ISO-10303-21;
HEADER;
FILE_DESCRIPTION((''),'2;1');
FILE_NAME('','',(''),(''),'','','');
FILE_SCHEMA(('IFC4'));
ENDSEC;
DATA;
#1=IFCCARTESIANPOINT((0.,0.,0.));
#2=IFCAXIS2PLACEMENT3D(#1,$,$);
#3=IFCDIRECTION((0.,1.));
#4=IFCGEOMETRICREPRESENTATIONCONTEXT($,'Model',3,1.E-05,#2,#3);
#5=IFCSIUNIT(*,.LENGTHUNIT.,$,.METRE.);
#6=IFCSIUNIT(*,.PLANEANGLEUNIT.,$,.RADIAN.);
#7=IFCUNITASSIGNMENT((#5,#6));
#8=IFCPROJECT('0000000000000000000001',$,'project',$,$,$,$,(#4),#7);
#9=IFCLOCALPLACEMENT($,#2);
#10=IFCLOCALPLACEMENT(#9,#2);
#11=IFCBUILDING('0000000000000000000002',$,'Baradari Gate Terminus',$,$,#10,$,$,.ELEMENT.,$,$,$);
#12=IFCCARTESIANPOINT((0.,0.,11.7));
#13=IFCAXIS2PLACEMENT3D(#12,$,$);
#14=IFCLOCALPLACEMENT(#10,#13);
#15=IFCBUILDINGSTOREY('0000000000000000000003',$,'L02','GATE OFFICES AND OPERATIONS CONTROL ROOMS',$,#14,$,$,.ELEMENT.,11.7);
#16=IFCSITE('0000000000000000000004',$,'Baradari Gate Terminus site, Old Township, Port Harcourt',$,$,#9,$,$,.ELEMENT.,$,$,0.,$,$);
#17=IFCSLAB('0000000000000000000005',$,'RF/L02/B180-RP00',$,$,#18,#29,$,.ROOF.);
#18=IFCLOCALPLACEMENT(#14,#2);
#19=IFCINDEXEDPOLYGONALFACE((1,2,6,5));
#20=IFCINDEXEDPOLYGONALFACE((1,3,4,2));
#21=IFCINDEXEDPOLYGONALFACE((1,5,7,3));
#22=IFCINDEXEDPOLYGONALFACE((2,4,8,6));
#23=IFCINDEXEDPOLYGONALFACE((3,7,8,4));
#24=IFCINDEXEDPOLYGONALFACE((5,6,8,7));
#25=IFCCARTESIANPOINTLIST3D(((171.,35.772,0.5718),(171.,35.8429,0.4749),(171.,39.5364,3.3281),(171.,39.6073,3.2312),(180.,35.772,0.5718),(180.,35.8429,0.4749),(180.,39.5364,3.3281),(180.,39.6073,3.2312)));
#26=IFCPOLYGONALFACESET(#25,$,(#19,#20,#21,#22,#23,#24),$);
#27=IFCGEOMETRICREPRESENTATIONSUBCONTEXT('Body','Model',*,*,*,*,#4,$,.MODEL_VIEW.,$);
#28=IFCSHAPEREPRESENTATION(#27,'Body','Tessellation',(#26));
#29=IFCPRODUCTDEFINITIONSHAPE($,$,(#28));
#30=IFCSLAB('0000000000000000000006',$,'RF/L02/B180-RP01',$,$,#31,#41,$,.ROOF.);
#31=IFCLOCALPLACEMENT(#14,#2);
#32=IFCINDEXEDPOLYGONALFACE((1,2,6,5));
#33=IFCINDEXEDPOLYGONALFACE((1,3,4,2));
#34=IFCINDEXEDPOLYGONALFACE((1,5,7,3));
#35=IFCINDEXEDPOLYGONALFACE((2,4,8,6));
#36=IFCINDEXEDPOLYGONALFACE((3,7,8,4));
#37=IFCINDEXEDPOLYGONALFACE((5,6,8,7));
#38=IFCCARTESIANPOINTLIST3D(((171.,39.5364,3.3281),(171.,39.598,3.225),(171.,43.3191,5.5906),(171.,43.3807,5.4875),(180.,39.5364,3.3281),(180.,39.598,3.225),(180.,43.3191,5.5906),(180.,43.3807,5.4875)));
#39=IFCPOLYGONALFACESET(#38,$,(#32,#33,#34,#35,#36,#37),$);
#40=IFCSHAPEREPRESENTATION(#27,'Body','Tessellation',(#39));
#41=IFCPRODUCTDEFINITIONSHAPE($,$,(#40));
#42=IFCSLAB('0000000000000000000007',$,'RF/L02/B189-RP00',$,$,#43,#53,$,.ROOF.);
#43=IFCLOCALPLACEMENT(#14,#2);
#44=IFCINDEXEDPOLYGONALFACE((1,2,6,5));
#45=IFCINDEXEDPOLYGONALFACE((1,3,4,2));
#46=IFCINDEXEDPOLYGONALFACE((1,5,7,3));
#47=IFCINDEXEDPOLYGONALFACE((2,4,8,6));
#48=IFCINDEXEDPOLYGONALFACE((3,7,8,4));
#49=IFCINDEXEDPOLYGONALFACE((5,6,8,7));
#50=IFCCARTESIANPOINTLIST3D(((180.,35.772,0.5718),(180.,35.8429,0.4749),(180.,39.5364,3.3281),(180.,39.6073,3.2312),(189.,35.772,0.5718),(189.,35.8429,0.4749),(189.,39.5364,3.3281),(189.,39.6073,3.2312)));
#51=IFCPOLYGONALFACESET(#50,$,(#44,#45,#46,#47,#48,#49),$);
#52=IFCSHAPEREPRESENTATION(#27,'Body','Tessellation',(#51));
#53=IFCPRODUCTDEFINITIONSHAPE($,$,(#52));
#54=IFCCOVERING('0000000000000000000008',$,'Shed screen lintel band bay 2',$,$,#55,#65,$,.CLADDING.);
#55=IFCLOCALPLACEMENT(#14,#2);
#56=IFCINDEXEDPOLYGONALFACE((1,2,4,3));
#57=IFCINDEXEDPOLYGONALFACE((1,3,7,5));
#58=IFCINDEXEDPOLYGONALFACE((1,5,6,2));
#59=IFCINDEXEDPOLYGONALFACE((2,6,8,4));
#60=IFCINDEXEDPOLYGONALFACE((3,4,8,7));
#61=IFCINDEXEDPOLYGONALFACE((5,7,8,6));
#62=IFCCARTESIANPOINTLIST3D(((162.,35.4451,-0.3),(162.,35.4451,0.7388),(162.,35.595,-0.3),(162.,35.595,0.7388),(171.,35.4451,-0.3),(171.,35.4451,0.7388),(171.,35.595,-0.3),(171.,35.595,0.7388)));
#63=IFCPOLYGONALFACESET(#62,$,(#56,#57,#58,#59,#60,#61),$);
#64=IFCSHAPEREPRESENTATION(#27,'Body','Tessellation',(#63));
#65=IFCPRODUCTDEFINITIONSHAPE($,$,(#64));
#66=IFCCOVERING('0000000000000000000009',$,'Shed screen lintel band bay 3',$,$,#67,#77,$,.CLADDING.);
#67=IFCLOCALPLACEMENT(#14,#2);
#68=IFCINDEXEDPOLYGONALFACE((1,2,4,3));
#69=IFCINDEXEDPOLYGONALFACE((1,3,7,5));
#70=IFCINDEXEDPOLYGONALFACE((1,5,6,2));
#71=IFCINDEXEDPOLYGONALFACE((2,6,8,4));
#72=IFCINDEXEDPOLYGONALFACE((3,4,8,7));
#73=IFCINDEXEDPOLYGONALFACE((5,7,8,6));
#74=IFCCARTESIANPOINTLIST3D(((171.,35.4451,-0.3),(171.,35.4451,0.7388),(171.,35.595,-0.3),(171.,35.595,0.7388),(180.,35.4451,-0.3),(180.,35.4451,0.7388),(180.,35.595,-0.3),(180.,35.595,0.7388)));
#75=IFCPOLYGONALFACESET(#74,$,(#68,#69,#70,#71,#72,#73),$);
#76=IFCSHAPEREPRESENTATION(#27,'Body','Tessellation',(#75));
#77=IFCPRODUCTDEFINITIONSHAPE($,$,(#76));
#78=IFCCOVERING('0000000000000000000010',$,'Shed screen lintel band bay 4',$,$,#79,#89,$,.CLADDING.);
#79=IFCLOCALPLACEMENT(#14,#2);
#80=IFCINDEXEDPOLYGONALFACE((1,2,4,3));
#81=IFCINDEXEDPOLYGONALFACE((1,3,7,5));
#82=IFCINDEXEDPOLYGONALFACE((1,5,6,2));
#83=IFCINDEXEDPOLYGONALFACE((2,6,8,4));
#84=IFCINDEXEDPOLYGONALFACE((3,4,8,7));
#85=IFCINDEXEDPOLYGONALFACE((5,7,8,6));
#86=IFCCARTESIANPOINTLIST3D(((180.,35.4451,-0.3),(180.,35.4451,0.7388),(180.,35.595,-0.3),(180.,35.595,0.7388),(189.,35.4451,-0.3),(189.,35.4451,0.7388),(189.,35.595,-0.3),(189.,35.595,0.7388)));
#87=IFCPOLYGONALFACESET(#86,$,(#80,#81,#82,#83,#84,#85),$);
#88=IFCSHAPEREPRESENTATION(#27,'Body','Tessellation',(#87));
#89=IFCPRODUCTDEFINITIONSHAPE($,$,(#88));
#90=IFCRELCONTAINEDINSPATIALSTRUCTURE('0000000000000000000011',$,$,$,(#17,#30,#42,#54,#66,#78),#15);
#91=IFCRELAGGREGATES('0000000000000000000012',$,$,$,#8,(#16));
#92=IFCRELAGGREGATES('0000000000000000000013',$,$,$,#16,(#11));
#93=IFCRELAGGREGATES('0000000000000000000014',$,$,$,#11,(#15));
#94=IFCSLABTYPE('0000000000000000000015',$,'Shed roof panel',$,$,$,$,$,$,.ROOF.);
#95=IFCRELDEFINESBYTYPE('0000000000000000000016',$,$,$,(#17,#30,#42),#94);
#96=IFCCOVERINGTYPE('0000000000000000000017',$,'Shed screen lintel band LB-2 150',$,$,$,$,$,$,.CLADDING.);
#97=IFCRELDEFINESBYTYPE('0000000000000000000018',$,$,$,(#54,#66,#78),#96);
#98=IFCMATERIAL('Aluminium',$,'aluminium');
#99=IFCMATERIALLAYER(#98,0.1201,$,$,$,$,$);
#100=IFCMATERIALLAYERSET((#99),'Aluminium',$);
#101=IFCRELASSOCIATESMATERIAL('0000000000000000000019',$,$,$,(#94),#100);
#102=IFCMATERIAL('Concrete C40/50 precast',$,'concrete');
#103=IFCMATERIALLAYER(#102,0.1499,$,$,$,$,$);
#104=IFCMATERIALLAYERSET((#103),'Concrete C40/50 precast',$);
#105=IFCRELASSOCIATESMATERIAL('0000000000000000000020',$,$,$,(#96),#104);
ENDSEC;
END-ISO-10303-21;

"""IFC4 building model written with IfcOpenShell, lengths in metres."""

from ifc_helpers import new_model, si_unit, direction, frame, origin, place, context, subcontext, project, spatial, polyline, outline, extrude, material, layer, layer_set, type_object, element, save


model = new_model("IFC4")

# Units and contexts
model_context = context("Model", 3, precision=1e-05, world=origin(), true_north=direction((0.0, 1.0)))
body_context = subcontext(model_context, "Body", "Model", "MODEL_VIEW")
ifc_project = project(units=[si_unit("LENGTHUNIT", "METRE"), si_unit("PLANEANGLEUNIT", "RADIAN")], contexts=[model_context])

# Site, building, storey
site_placement = place(None, origin())
site = spatial("IfcSite", under=ifc_project, at=site_placement, Name="Baradari Gate Terminus site, Old Township, Port Harcourt", CompositionType="ELEMENT", RefElevation=0.0)
building_placement = place(site_placement, origin())
building = spatial("IfcBuilding", under=site, at=building_placement, Name="Baradari Gate Terminus", CompositionType="ELEMENT")
storey_placement = place(building_placement, frame((0.0, 0.0, 11.7)))
storey = spatial("IfcBuildingStorey", under=building, at=storey_placement, Name="L02", Description="GATE OFFICES AND OPERATIONS CONTROL ROOMS", CompositionType="ELEMENT", Elevation=11.7)

# Slabs
ifc_material_1 = material(Name="Aluminium", Category="aluminium")
ifc_layer_1 = layer(ifc_material_1, 0.1201)
ifc_layer_set_1 = layer_set([ifc_layer_1], Name="Aluminium")
slab_type = type_object("IfcSlabType", Name="Shed roof panel", PredefinedType="ROOF", material=ifc_layer_set_1)
slab_1_placement = place(storey_placement, frame((171.0, 35.772, 0.5718), z_axis=(0.0, -0.590776, 0.806836), x_axis=(1.0, 0.0, 0.0)))
element("IfcSlab", 1, at=slab_1_placement, inside=storey, type_object=slab_type, Name="RF/L02/B180-RP00", PredefinedType="ROOF", context=body_context, shape_type="SweptSolid", body=[
    extrude(outline(polyline([(0.0, 0.0), (9.0, 0.0), (9.0, 4.6656), (0.0, 4.6656), (0.0, 0.0)])), origin(), (0.0, 0.0, -1.0), 0.1201),
])
slab_2_placement = place(storey_placement, frame((171.0, 39.5364, 3.3281), z_axis=(0.0, -0.513298, 0.858211), x_axis=(1.0, 0.0, 0.0)))
element("IfcSlab", 2, at=slab_2_placement, inside=storey, type_object=slab_type, Name="RF/L02/B180-RP01", PredefinedType="ROOF", context=body_context, shape_type="SweptSolid", body=[
    extrude(outline(polyline([(0.0, 0.0), (9.0, 0.0), (9.0, 4.4077), (0.0, 4.4077), (0.0, 0.0)])), origin(), (0.0, 0.0, -1.0), 0.1201),
])
slab_3_placement = place(storey_placement, frame((180.0, 35.772, 0.5718), z_axis=(0.0, -0.590776, 0.806836), x_axis=(1.0, 0.0, 0.0)))
element("IfcSlab", 3, at=slab_3_placement, inside=storey, type_object=slab_type, Name="RF/L02/B189-RP00", PredefinedType="ROOF", context=body_context, shape_type="SweptSolid", body=[
    extrude(outline(polyline([(0.0, 0.0), (9.0, 0.0), (9.0, 4.6656), (0.0, 4.6656), (0.0, 0.0)])), origin(), (0.0, 0.0, -1.0), 0.1201),
])

# Coverings
ifc_material_2 = material(Name="Concrete C40/50 precast", Category="concrete")
ifc_layer_2 = layer(ifc_material_2, 0.1499)
ifc_layer_set_2 = layer_set([ifc_layer_2], Name="Concrete C40/50 precast")
covering_type = type_object("IfcCoveringType", Name="Shed screen lintel band LB-2 150", PredefinedType="CLADDING", material=ifc_layer_set_2)
for number, where, z_axis, x_axis, name in (
    (4, (162.0, 35.52, -0.3), (0.0, 0.0, 1.0), (1.0, 0.0, 0.0), "Shed screen lintel band bay 2"),
    (5, (171.0, 35.52, -0.3), (0.0, 0.0, 1.0), (1.0, 0.0, 0.0), "Shed screen lintel band bay 3"),
    (6, (180.0, 35.52, -0.3), (0.0, 0.0, 1.0), (1.0, 0.0, 0.0), "Shed screen lintel band bay 4"),
):
    element("IfcCovering", number, at=place(storey_placement, frame(where, z_axis=z_axis, x_axis=x_axis)), inside=storey, type_object=covering_type, Name=name, PredefinedType="CLADDING", context=body_context, shape_type="SweptSolid", body=[
        extrude(outline(polyline([(9.0, 0.0), (9.0, 1.0388), (0.0, 1.0388), (0.0, 0.0), (9.0, 0.0)])), frame((0.0, 0.075, 0.0), z_axis=(0.0, -1.0, 0.0), x_axis=(1.0, 0.0, 0.0)), (0.0, 0.0, 1.0), 0.1499),
    ])

save(model, "model.ifc")
